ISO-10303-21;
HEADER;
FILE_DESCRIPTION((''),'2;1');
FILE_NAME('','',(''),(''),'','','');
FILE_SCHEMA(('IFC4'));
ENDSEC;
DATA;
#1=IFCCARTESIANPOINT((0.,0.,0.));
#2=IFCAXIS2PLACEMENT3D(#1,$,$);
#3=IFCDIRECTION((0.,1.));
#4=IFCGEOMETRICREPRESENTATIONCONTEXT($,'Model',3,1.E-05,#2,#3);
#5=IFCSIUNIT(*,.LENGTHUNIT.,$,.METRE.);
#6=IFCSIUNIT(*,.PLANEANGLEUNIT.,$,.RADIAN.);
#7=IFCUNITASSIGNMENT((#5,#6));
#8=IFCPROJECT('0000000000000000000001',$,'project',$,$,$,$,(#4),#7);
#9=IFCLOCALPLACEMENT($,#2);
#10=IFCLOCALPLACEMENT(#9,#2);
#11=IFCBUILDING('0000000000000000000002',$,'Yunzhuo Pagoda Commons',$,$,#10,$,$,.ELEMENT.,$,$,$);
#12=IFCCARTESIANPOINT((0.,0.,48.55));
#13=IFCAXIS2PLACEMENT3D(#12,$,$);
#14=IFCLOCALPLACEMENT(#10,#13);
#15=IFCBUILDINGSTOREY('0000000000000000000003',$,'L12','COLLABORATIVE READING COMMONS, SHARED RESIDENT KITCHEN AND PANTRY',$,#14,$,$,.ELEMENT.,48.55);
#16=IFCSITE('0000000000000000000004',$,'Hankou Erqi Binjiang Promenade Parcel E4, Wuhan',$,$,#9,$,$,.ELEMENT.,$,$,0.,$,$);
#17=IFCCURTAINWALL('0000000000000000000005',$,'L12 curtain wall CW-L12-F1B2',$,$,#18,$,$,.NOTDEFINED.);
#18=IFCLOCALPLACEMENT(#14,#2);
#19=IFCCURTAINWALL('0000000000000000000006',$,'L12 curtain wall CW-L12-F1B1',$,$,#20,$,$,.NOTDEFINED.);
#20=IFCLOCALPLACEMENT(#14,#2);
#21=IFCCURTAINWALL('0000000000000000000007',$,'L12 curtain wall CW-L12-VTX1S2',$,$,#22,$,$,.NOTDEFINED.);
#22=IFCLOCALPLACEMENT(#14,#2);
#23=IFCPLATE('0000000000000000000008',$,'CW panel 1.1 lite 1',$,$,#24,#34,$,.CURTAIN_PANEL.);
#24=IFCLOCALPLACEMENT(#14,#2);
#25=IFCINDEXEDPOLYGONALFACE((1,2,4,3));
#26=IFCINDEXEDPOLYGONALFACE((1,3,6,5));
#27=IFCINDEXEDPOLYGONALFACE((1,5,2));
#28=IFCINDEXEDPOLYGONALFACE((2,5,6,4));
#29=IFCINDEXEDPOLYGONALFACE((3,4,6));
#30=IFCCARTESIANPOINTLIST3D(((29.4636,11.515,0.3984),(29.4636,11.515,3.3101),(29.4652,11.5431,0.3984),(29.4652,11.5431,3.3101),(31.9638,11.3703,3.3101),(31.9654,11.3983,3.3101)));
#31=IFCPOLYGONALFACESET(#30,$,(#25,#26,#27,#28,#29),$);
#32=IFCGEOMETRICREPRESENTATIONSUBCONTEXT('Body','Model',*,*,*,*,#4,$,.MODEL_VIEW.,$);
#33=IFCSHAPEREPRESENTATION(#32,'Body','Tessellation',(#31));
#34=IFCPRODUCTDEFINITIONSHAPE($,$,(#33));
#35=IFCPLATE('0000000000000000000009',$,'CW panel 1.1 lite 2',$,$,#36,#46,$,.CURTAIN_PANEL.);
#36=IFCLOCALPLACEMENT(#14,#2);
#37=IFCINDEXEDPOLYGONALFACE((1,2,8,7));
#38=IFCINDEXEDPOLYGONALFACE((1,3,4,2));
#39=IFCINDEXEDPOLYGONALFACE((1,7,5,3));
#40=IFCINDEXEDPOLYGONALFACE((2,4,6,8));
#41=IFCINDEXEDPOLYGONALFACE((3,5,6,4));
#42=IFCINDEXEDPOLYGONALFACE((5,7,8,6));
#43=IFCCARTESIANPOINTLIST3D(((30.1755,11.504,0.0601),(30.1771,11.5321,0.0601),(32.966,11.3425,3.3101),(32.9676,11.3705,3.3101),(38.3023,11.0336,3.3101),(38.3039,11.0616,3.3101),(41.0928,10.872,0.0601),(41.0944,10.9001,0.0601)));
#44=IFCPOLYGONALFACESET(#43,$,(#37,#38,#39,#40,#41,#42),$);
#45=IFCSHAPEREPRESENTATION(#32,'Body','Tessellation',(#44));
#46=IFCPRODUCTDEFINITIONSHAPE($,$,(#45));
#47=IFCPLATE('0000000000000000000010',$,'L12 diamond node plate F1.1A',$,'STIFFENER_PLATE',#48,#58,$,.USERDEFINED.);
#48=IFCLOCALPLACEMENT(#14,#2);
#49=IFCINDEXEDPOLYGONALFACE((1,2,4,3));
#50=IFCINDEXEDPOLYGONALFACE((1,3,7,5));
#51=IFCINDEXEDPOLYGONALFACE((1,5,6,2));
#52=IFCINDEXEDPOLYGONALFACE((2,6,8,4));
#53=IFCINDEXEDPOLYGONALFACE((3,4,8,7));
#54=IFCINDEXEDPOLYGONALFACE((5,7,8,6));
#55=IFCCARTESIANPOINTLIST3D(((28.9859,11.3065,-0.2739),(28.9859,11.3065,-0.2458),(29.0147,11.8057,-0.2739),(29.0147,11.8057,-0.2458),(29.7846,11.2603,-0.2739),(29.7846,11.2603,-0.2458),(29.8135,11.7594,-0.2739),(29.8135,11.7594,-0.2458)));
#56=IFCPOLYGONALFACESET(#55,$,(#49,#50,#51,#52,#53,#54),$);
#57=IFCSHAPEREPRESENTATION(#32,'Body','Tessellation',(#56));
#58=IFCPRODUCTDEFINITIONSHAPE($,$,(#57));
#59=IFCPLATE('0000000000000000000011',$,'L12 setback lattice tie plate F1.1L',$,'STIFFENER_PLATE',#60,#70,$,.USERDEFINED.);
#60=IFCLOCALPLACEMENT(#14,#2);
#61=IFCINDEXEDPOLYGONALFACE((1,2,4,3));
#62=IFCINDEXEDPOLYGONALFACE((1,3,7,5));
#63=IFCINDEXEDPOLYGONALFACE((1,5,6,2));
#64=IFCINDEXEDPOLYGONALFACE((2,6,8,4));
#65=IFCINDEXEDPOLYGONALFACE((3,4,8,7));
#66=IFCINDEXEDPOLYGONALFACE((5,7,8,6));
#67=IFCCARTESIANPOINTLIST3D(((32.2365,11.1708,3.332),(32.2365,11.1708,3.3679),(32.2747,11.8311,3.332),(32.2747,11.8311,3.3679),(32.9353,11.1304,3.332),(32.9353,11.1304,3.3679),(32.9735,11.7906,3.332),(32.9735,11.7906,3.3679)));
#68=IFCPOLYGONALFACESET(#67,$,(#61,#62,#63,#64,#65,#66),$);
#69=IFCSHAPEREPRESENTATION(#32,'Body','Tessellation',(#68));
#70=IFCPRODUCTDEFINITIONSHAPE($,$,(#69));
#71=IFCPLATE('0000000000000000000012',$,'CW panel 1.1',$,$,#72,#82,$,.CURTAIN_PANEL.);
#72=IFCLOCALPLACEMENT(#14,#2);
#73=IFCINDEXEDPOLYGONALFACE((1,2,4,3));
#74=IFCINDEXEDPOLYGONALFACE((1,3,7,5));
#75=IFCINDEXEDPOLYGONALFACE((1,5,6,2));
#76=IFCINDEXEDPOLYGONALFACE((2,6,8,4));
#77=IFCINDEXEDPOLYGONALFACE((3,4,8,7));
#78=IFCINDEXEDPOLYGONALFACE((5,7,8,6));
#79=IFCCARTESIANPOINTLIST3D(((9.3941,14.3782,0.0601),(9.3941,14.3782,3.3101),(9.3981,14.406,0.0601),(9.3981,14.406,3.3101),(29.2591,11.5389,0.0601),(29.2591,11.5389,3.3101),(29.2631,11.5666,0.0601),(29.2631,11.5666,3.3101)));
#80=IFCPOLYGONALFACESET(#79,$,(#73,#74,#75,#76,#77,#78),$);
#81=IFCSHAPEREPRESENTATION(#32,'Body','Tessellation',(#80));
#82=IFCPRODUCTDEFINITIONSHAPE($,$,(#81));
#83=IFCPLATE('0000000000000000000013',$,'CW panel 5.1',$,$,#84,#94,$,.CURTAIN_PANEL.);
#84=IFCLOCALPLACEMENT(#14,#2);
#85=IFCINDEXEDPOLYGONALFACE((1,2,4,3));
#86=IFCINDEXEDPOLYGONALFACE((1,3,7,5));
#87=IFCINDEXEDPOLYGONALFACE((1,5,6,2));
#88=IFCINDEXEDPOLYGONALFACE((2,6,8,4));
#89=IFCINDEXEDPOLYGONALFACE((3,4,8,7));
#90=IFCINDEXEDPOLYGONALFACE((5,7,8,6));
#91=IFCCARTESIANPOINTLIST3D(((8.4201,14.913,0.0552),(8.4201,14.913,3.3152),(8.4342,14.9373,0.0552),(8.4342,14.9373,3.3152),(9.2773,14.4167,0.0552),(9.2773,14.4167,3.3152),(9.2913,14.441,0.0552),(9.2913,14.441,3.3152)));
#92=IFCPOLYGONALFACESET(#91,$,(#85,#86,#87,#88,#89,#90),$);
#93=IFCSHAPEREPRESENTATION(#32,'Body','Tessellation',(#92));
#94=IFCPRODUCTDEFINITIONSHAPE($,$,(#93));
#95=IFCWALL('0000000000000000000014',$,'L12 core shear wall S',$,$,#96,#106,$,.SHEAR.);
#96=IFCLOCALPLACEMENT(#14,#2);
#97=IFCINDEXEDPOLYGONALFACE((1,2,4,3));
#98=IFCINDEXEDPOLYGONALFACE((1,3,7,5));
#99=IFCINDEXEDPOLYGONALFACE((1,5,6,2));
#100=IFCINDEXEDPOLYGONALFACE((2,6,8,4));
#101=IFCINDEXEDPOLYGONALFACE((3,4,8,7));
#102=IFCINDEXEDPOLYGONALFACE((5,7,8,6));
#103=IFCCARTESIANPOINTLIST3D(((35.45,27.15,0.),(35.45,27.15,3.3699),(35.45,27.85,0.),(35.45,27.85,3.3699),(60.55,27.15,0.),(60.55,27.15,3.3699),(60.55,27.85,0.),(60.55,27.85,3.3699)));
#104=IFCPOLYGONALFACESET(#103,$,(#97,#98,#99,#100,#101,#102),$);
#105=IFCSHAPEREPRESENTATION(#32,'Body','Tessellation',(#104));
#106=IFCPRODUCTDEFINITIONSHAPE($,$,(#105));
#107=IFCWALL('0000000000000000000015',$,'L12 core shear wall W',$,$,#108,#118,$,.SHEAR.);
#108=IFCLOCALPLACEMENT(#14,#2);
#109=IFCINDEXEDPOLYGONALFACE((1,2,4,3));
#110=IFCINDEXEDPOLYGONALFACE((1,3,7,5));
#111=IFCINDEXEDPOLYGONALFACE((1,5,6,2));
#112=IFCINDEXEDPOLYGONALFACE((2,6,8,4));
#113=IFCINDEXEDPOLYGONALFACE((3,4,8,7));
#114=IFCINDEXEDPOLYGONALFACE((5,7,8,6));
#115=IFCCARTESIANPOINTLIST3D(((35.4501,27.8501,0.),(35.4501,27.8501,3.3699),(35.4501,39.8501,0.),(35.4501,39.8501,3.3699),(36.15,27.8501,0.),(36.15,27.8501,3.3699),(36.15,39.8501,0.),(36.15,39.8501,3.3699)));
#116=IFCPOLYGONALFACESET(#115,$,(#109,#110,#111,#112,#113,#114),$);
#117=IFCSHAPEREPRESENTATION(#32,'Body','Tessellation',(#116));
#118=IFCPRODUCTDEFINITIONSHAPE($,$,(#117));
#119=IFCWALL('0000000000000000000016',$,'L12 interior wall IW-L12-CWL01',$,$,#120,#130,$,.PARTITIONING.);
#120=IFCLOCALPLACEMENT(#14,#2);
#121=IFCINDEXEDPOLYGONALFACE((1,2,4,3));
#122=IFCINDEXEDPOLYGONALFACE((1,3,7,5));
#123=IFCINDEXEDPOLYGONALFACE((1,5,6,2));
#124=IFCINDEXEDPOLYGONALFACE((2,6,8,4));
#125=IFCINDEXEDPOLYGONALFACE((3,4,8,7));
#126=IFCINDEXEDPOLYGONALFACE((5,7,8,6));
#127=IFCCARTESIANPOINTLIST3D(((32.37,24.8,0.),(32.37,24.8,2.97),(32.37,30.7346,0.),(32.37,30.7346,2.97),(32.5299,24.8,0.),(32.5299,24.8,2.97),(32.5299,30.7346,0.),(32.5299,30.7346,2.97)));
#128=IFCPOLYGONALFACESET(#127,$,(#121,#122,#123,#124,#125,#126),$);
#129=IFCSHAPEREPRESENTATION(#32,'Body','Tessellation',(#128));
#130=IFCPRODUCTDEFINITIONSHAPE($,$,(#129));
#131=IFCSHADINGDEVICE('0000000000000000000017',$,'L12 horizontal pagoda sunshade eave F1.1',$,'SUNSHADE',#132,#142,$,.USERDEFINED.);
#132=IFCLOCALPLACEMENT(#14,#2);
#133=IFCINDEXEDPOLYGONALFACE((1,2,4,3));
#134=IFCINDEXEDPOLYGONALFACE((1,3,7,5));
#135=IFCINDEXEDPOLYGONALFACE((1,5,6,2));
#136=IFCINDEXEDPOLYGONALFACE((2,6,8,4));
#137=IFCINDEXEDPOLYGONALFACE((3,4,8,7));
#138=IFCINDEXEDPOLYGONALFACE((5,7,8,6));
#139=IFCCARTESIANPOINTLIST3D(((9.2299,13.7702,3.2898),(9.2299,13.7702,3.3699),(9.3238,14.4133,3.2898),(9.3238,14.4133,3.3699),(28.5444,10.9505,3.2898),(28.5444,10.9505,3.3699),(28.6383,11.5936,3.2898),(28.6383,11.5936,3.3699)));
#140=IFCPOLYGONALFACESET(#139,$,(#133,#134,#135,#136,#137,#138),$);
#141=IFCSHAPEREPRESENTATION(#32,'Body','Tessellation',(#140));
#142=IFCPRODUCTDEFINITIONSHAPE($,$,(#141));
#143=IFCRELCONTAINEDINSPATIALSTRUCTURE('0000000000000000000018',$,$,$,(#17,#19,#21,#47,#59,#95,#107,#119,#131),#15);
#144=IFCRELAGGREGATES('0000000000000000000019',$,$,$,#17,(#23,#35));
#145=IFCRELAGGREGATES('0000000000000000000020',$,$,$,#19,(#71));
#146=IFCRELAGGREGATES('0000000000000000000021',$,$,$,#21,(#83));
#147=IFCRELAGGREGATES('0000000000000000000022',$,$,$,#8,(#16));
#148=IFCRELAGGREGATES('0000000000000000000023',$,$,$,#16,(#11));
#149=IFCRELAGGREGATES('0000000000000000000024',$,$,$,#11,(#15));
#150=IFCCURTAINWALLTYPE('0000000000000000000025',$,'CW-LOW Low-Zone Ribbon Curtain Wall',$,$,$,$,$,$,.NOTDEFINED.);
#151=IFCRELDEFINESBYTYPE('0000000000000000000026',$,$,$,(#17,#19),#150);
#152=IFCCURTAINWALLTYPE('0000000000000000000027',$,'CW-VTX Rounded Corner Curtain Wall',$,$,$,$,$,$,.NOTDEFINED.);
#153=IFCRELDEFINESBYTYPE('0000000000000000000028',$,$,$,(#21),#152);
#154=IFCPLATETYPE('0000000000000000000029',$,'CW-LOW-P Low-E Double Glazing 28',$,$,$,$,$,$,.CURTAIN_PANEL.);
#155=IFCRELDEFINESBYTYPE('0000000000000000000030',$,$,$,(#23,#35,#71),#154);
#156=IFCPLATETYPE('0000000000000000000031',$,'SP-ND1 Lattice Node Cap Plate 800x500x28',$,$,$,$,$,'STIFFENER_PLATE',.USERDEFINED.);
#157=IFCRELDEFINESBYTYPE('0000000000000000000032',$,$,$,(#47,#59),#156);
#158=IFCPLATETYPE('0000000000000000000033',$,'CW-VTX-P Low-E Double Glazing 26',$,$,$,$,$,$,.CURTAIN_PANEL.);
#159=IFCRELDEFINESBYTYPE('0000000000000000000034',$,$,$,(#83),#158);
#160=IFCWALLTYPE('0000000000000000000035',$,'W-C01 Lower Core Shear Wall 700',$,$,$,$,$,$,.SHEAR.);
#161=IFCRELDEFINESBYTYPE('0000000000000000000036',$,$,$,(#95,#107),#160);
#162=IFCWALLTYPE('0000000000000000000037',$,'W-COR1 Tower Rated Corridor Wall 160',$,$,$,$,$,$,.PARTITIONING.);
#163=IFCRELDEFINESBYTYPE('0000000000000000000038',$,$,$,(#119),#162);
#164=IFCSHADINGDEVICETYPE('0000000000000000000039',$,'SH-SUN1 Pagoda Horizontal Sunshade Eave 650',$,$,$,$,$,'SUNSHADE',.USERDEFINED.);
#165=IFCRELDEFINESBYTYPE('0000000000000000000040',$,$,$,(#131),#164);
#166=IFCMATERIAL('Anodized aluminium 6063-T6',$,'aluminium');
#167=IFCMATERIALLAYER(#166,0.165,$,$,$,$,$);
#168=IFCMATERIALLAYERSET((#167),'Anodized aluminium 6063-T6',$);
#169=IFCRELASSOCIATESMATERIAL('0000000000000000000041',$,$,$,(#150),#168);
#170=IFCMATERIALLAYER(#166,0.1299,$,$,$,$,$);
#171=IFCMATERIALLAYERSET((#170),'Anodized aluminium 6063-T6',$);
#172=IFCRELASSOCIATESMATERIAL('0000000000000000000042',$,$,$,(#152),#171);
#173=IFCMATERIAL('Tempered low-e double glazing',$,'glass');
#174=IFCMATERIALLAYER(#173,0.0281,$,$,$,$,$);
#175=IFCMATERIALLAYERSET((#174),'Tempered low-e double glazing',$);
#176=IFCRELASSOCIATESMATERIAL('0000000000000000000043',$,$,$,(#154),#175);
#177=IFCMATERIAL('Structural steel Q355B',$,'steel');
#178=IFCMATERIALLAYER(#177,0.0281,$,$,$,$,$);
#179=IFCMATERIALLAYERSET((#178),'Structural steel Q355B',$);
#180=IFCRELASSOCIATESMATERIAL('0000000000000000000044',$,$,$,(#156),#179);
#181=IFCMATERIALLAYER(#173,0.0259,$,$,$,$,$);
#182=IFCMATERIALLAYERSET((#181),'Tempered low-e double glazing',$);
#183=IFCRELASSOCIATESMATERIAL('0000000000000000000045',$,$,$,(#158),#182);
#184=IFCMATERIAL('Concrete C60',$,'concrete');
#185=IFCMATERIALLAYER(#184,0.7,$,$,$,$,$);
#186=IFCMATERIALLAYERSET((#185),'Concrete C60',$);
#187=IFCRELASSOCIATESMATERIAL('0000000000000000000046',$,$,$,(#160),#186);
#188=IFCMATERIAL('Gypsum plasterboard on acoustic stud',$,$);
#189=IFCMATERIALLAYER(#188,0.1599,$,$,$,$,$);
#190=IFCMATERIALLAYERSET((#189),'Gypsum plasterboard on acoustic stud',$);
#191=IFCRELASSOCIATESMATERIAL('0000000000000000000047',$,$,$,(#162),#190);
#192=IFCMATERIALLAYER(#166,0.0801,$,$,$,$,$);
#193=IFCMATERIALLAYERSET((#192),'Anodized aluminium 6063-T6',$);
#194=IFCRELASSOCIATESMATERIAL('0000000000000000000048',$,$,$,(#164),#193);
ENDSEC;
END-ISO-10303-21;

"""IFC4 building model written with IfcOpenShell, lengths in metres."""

from ifc_helpers import new_model, si_unit, direction, frame, frame_2d, origin, origin_2d, place, context, subcontext, project, spatial, polyline, rectangle, outline, extrude, source, transform, mapped, material, layer, layer_set, type_object, element, aggregate, save


model = new_model("IFC4")

# Units and contexts
model_context = context("Model", 3, precision=1e-05, world=origin(), true_north=direction((0.0, 1.0)))
body_context = subcontext(model_context, "Body", "Model", "MODEL_VIEW")
ifc_project = project(units=[si_unit("LENGTHUNIT", "METRE"), si_unit("PLANEANGLEUNIT", "RADIAN")], contexts=[model_context])

# Site, building, storey
site_placement = place(None, origin())
site = spatial("IfcSite", under=ifc_project, at=site_placement, Name="Hankou Erqi Binjiang Promenade Parcel E4, Wuhan", CompositionType="ELEMENT", RefElevation=0.0)
building_placement = place(site_placement, origin())
building = spatial("IfcBuilding", under=site, at=building_placement, Name="Yunzhuo Pagoda Commons", CompositionType="ELEMENT")
storey_placement = place(building_placement, frame((0.0, 0.0, 48.55)))
storey = spatial("IfcBuildingStorey", under=building, at=storey_placement, Name="L12", Description="COLLABORATIVE READING COMMONS, SHARED RESIDENT KITCHEN AND PANTRY", CompositionType="ELEMENT", Elevation=48.55)

# Shared definitions
ifc_material_1 = material(Name="Structural steel Q355B", Category="steel")

# Curtain wall
ifc_material_2 = material(Name="Anodized aluminium 6063-T6", Category="aluminium")
ifc_layer_1 = layer(ifc_material_2, 0.165)
ifc_layer_set_1 = layer_set([ifc_layer_1], Name="Anodized aluminium 6063-T6")
curtain_wall_type_1 = type_object("IfcCurtainWallType", Name="CW-LOW Low-Zone Ribbon Curtain Wall", PredefinedType="NOTDEFINED", material=ifc_layer_set_1)
curtain_wall_1_placement = place(storey_placement, origin())
curtain_wall_1 = element("IfcCurtainWall", 1, at=curtain_wall_1_placement, inside=storey, type_object=curtain_wall_type_1, Name="L12 curtain wall CW-L12-F1B2", PredefinedType="NOTDEFINED")

# Curtain wall
curtain_wall_2_placement = place(storey_placement, origin())
curtain_wall_2 = element("IfcCurtainWall", 2, at=curtain_wall_2_placement, inside=storey, type_object=curtain_wall_type_1, Name="L12 curtain wall CW-L12-F1B1", PredefinedType="NOTDEFINED")

# Curtain wall
ifc_layer_2 = layer(ifc_material_2, 0.1299)
ifc_layer_set_2 = layer_set([ifc_layer_2], Name="Anodized aluminium 6063-T6")
curtain_wall_type_2 = type_object("IfcCurtainWallType", Name="CW-VTX Rounded Corner Curtain Wall", PredefinedType="NOTDEFINED", material=ifc_layer_set_2)
curtain_wall_3_placement = place(storey_placement, origin())
curtain_wall_3 = element("IfcCurtainWall", 3, at=curtain_wall_3_placement, inside=storey, type_object=curtain_wall_type_2, Name="L12 curtain wall CW-L12-VTX1S2", PredefinedType="NOTDEFINED")

# Plates
ifc_material_3 = material(Name="Tempered low-e double glazing", Category="glass")
ifc_layer_3 = layer(ifc_material_3, 0.0281)
ifc_layer_set_3 = layer_set([ifc_layer_3], Name="Tempered low-e double glazing")
plate_type_1 = type_object("IfcPlateType", Name="CW-LOW-P Low-E Double Glazing 28", PredefinedType="CURTAIN_PANEL", material=ifc_layer_set_3)
plate_1_placement = place(storey_placement, frame((30.7153, 11.4707, 1.8542), z_axis=(-0.057791, -0.998329, 0.0), x_axis=(0.998329, -0.057791, 0.0)))
plate_1 = element("IfcPlate", 4, at=plate_1_placement, type_object=plate_type_1, Name="CW panel 1.1 lite 1", PredefinedType="CURTAIN_PANEL", context=body_context, shape_type="SweptSolid", body=[
    extrude(outline(polyline([(-1.2522, -1.4558), (1.2522, 1.4558), (-1.2522, 1.4558), (-1.2522, -1.4558)])), origin(), (0.0, 0.0, 1.0), 0.0281),
])
plate_2_placement = place(storey_placement, frame((35.6357, 11.2161, 1.6851), z_axis=(-0.057791, -0.998329, 0.0), x_axis=(0.998329, -0.057791, 0.0)))
plate_2 = element("IfcPlate", 5, at=plate_2_placement, type_object=plate_type_1, Name="CW panel 1.1 lite 2", PredefinedType="CURTAIN_PANEL", context=body_context, shape_type="SweptSolid", body=[
    extrude(outline(polyline([(-5.4678, -1.625), (5.4678, -1.625), (2.6726, 1.625), (-2.6726, 1.625), (-5.4678, -1.625)])), origin(), (0.0, 0.0, 1.0), 0.0281),
])
aggregate(curtain_wall_1, [plate_1, plate_2])

# Plates
ifc_layer_4 = layer(ifc_material_1, 0.0281)
ifc_layer_set_4 = layer_set([ifc_layer_4], Name="Structural steel Q355B")
plate_type_2 = type_object("IfcPlateType", Name="SP-ND1 Lattice Node Cap Plate 800x500x28", ElementType="STIFFENER_PLATE", PredefinedType="USERDEFINED", material=ifc_layer_set_4)
shared_shape_1 = source(origin(), body_context, "Body", "SweptSolid", [
    extrude(rectangle(XDim=0.8, YDim=0.5, at=origin_2d()), origin(), (0.0, 0.0, 1.0), 0.0281),
])
plate_3_placement = place(storey_placement, frame((29.3997, 11.533, -0.2739), z_axis=(0.0, 0.0, 1.0), x_axis=(0.998329, -0.057791, 0.0)))
element("IfcPlate", 6, at=plate_3_placement, inside=storey, type_object=plate_type_2, Name="L12 diamond node plate F1.1A", ObjectType="STIFFENER_PLATE", PredefinedType="USERDEFINED", context=body_context, shape_type="MappedRepresentation", body=[
    mapped(shared_shape_1, transform((0.0, 0.0, 0.0), scale=1.0)),
])
shared_shape_2 = source(origin(), body_context, "Body", "SweptSolid", [
    extrude(rectangle(XDim=0.7, YDim=0.6614, at=origin_2d()), origin(), (0.0, 0.0, 1.0), 0.0359),
])
plate_4_placement = place(storey_placement, frame((32.605, 11.4807, 3.332), z_axis=(0.0, 0.0, 1.0), x_axis=(0.998329, -0.057791, 0.0)))
element("IfcPlate", 7, at=plate_4_placement, inside=storey, type_object=plate_type_2, Name="L12 setback lattice tie plate F1.1L", ObjectType="STIFFENER_PLATE", PredefinedType="USERDEFINED", context=body_context, shape_type="MappedRepresentation", body=[
    mapped(shared_shape_2, transform((0.0, 0.0, 0.0), scale=1.0)),
])

# Plates
shared_shape_3 = source(origin(), body_context, "Body", "SweptSolid", [
    extrude(rectangle(XDim=20.0669, YDim=0.0281, at=origin_2d()), origin(), (0.0, 0.0, 1.0), 3.25),
])
plate_5_placement = place(storey_placement, frame((19.3286, 12.9724, 0.0601), z_axis=(0.0, 0.0, 1.0), x_axis=(0.989939, -0.141493, 0.0)))
plate_5 = element("IfcPlate", 8, at=plate_5_placement, type_object=plate_type_1, Name="CW panel 1.1", PredefinedType="CURTAIN_PANEL", context=body_context, shape_type="MappedRepresentation", body=[
    mapped(shared_shape_3, transform((0.0, 0.0, 0.0), scale=1.0)),
])
aggregate(curtain_wall_2, [plate_5])
ifc_layer_5 = layer(ifc_material_3, 0.0259)
ifc_layer_set_5 = layer_set([ifc_layer_5], Name="Tempered low-e double glazing")
plate_type_3 = type_object("IfcPlateType", Name="CW-VTX-P Low-E Double Glazing 26", PredefinedType="CURTAIN_PANEL", material=ifc_layer_set_5)
shared_shape_4 = source(origin(), body_context, "Body", "SweptSolid", [
    extrude(rectangle(XDim=0.9905, YDim=0.0281, at=origin_2d()), origin(), (0.0, 0.0, 1.0), 3.26),
])
plate_6_placement = place(storey_placement, frame((8.8557, 14.677, 0.0552), z_axis=(0.0, 0.0, 1.0), x_axis=(0.865423, -0.501041, 0.0)))
plate_6 = element("IfcPlate", 9, at=plate_6_placement, type_object=plate_type_3, Name="CW panel 5.1", PredefinedType="CURTAIN_PANEL", context=body_context, shape_type="MappedRepresentation", body=[
    mapped(shared_shape_4, transform((0.0, 0.0, 0.0), scale=1.0)),
])
aggregate(curtain_wall_3, [plate_6])

# Walls
ifc_material_4 = material(Name="Concrete C60", Category="concrete")
ifc_layer_6 = layer(ifc_material_4, 0.7)
ifc_layer_set_6 = layer_set([ifc_layer_6], Name="Concrete C60")
wall_type_1 = type_object("IfcWallType", Name="W-C01 Lower Core Shear Wall 700", PredefinedType="SHEAR", material=ifc_layer_set_6)
wall_1_placement = place(storey_placement, frame((35.45, 27.5, 0.0), z_axis=(0.0, 0.0, 1.0), x_axis=(1.0, 0.0, 0.0)))
element("IfcWall", 10, at=wall_1_placement, inside=storey, type_object=wall_type_1, Name="L12 core shear wall S", PredefinedType="SHEAR", context=body_context, shape_type="SweptSolid", body=[
    extrude(rectangle(XDim=25.1001, YDim=0.7, at=frame_2d((12.55, 0.0))), origin(), (0.0, 0.0, 1.0), 3.3699),
])
wall_2_placement = place(storey_placement, frame((35.8, 27.8501, 0.0), z_axis=(0.0, 0.0, 1.0), x_axis=(0.0, 1.0, 0.0)))
element("IfcWall", 11, at=wall_2_placement, inside=storey, type_object=wall_type_1, Name="L12 core shear wall W", PredefinedType="SHEAR", context=body_context, shape_type="SweptSolid", body=[
    extrude(rectangle(XDim=12.0, YDim=0.7, at=frame_2d((6.0, 0.0))), origin(), (0.0, 0.0, 1.0), 3.3699),
])
ifc_material_5 = material(Name="Gypsum plasterboard on acoustic stud")
ifc_layer_7 = layer(ifc_material_5, 0.1599)
ifc_layer_set_7 = layer_set([ifc_layer_7], Name="Gypsum plasterboard on acoustic stud")
wall_type_2 = type_object("IfcWallType", Name="W-COR1 Tower Rated Corridor Wall 160", PredefinedType="PARTITIONING", material=ifc_layer_set_7)
wall_3_placement = place(storey_placement, frame((32.45, 24.8, 0.0), z_axis=(0.0, 0.0, 1.0), x_axis=(0.0, 1.0, 0.0)))
element("IfcWall", 12, at=wall_3_placement, inside=storey, type_object=wall_type_2, Name="L12 interior wall IW-L12-CWL01", PredefinedType="PARTITIONING", context=body_context, shape_type="SweptSolid", body=[
    extrude(rectangle(XDim=5.9346, YDim=0.1599, at=frame_2d((2.9673, 0.0))), origin(), (0.0, 0.0, 1.0), 2.97),
])

# Shading device
ifc_layer_8 = layer(ifc_material_2, 0.0801)
ifc_layer_set_8 = layer_set([ifc_layer_8], Name="Anodized aluminium 6063-T6")
shading_device_type = type_object("IfcShadingDeviceType", Name="SH-SUN1 Pagoda Horizontal Sunshade Eave 650", ElementType="SUNSHADE", PredefinedType="USERDEFINED", material=ifc_layer_set_8)
shared_shape_5 = source(origin(), body_context, "Body", "SweptSolid", [
    extrude(rectangle(XDim=19.5193, YDim=0.6499, at=origin_2d()), origin(), (0.0, 0.0, 1.0), 0.0801),
])
shading_device_placement = place(storey_placement, frame((18.9341, 12.6819, 3.2898), z_axis=(0.0, 0.0, 1.0), x_axis=(0.989511, -0.14446, 0.0)))
element("IfcShadingDevice", 13, at=shading_device_placement, inside=storey, type_object=shading_device_type, Name="L12 horizontal pagoda sunshade eave F1.1", ObjectType="SUNSHADE", PredefinedType="USERDEFINED", context=body_context, shape_type="MappedRepresentation", body=[
    mapped(shared_shape_5, transform((0.0, 0.0, 0.0), scale=1.0)),
])

save(model, "model.ifc")
